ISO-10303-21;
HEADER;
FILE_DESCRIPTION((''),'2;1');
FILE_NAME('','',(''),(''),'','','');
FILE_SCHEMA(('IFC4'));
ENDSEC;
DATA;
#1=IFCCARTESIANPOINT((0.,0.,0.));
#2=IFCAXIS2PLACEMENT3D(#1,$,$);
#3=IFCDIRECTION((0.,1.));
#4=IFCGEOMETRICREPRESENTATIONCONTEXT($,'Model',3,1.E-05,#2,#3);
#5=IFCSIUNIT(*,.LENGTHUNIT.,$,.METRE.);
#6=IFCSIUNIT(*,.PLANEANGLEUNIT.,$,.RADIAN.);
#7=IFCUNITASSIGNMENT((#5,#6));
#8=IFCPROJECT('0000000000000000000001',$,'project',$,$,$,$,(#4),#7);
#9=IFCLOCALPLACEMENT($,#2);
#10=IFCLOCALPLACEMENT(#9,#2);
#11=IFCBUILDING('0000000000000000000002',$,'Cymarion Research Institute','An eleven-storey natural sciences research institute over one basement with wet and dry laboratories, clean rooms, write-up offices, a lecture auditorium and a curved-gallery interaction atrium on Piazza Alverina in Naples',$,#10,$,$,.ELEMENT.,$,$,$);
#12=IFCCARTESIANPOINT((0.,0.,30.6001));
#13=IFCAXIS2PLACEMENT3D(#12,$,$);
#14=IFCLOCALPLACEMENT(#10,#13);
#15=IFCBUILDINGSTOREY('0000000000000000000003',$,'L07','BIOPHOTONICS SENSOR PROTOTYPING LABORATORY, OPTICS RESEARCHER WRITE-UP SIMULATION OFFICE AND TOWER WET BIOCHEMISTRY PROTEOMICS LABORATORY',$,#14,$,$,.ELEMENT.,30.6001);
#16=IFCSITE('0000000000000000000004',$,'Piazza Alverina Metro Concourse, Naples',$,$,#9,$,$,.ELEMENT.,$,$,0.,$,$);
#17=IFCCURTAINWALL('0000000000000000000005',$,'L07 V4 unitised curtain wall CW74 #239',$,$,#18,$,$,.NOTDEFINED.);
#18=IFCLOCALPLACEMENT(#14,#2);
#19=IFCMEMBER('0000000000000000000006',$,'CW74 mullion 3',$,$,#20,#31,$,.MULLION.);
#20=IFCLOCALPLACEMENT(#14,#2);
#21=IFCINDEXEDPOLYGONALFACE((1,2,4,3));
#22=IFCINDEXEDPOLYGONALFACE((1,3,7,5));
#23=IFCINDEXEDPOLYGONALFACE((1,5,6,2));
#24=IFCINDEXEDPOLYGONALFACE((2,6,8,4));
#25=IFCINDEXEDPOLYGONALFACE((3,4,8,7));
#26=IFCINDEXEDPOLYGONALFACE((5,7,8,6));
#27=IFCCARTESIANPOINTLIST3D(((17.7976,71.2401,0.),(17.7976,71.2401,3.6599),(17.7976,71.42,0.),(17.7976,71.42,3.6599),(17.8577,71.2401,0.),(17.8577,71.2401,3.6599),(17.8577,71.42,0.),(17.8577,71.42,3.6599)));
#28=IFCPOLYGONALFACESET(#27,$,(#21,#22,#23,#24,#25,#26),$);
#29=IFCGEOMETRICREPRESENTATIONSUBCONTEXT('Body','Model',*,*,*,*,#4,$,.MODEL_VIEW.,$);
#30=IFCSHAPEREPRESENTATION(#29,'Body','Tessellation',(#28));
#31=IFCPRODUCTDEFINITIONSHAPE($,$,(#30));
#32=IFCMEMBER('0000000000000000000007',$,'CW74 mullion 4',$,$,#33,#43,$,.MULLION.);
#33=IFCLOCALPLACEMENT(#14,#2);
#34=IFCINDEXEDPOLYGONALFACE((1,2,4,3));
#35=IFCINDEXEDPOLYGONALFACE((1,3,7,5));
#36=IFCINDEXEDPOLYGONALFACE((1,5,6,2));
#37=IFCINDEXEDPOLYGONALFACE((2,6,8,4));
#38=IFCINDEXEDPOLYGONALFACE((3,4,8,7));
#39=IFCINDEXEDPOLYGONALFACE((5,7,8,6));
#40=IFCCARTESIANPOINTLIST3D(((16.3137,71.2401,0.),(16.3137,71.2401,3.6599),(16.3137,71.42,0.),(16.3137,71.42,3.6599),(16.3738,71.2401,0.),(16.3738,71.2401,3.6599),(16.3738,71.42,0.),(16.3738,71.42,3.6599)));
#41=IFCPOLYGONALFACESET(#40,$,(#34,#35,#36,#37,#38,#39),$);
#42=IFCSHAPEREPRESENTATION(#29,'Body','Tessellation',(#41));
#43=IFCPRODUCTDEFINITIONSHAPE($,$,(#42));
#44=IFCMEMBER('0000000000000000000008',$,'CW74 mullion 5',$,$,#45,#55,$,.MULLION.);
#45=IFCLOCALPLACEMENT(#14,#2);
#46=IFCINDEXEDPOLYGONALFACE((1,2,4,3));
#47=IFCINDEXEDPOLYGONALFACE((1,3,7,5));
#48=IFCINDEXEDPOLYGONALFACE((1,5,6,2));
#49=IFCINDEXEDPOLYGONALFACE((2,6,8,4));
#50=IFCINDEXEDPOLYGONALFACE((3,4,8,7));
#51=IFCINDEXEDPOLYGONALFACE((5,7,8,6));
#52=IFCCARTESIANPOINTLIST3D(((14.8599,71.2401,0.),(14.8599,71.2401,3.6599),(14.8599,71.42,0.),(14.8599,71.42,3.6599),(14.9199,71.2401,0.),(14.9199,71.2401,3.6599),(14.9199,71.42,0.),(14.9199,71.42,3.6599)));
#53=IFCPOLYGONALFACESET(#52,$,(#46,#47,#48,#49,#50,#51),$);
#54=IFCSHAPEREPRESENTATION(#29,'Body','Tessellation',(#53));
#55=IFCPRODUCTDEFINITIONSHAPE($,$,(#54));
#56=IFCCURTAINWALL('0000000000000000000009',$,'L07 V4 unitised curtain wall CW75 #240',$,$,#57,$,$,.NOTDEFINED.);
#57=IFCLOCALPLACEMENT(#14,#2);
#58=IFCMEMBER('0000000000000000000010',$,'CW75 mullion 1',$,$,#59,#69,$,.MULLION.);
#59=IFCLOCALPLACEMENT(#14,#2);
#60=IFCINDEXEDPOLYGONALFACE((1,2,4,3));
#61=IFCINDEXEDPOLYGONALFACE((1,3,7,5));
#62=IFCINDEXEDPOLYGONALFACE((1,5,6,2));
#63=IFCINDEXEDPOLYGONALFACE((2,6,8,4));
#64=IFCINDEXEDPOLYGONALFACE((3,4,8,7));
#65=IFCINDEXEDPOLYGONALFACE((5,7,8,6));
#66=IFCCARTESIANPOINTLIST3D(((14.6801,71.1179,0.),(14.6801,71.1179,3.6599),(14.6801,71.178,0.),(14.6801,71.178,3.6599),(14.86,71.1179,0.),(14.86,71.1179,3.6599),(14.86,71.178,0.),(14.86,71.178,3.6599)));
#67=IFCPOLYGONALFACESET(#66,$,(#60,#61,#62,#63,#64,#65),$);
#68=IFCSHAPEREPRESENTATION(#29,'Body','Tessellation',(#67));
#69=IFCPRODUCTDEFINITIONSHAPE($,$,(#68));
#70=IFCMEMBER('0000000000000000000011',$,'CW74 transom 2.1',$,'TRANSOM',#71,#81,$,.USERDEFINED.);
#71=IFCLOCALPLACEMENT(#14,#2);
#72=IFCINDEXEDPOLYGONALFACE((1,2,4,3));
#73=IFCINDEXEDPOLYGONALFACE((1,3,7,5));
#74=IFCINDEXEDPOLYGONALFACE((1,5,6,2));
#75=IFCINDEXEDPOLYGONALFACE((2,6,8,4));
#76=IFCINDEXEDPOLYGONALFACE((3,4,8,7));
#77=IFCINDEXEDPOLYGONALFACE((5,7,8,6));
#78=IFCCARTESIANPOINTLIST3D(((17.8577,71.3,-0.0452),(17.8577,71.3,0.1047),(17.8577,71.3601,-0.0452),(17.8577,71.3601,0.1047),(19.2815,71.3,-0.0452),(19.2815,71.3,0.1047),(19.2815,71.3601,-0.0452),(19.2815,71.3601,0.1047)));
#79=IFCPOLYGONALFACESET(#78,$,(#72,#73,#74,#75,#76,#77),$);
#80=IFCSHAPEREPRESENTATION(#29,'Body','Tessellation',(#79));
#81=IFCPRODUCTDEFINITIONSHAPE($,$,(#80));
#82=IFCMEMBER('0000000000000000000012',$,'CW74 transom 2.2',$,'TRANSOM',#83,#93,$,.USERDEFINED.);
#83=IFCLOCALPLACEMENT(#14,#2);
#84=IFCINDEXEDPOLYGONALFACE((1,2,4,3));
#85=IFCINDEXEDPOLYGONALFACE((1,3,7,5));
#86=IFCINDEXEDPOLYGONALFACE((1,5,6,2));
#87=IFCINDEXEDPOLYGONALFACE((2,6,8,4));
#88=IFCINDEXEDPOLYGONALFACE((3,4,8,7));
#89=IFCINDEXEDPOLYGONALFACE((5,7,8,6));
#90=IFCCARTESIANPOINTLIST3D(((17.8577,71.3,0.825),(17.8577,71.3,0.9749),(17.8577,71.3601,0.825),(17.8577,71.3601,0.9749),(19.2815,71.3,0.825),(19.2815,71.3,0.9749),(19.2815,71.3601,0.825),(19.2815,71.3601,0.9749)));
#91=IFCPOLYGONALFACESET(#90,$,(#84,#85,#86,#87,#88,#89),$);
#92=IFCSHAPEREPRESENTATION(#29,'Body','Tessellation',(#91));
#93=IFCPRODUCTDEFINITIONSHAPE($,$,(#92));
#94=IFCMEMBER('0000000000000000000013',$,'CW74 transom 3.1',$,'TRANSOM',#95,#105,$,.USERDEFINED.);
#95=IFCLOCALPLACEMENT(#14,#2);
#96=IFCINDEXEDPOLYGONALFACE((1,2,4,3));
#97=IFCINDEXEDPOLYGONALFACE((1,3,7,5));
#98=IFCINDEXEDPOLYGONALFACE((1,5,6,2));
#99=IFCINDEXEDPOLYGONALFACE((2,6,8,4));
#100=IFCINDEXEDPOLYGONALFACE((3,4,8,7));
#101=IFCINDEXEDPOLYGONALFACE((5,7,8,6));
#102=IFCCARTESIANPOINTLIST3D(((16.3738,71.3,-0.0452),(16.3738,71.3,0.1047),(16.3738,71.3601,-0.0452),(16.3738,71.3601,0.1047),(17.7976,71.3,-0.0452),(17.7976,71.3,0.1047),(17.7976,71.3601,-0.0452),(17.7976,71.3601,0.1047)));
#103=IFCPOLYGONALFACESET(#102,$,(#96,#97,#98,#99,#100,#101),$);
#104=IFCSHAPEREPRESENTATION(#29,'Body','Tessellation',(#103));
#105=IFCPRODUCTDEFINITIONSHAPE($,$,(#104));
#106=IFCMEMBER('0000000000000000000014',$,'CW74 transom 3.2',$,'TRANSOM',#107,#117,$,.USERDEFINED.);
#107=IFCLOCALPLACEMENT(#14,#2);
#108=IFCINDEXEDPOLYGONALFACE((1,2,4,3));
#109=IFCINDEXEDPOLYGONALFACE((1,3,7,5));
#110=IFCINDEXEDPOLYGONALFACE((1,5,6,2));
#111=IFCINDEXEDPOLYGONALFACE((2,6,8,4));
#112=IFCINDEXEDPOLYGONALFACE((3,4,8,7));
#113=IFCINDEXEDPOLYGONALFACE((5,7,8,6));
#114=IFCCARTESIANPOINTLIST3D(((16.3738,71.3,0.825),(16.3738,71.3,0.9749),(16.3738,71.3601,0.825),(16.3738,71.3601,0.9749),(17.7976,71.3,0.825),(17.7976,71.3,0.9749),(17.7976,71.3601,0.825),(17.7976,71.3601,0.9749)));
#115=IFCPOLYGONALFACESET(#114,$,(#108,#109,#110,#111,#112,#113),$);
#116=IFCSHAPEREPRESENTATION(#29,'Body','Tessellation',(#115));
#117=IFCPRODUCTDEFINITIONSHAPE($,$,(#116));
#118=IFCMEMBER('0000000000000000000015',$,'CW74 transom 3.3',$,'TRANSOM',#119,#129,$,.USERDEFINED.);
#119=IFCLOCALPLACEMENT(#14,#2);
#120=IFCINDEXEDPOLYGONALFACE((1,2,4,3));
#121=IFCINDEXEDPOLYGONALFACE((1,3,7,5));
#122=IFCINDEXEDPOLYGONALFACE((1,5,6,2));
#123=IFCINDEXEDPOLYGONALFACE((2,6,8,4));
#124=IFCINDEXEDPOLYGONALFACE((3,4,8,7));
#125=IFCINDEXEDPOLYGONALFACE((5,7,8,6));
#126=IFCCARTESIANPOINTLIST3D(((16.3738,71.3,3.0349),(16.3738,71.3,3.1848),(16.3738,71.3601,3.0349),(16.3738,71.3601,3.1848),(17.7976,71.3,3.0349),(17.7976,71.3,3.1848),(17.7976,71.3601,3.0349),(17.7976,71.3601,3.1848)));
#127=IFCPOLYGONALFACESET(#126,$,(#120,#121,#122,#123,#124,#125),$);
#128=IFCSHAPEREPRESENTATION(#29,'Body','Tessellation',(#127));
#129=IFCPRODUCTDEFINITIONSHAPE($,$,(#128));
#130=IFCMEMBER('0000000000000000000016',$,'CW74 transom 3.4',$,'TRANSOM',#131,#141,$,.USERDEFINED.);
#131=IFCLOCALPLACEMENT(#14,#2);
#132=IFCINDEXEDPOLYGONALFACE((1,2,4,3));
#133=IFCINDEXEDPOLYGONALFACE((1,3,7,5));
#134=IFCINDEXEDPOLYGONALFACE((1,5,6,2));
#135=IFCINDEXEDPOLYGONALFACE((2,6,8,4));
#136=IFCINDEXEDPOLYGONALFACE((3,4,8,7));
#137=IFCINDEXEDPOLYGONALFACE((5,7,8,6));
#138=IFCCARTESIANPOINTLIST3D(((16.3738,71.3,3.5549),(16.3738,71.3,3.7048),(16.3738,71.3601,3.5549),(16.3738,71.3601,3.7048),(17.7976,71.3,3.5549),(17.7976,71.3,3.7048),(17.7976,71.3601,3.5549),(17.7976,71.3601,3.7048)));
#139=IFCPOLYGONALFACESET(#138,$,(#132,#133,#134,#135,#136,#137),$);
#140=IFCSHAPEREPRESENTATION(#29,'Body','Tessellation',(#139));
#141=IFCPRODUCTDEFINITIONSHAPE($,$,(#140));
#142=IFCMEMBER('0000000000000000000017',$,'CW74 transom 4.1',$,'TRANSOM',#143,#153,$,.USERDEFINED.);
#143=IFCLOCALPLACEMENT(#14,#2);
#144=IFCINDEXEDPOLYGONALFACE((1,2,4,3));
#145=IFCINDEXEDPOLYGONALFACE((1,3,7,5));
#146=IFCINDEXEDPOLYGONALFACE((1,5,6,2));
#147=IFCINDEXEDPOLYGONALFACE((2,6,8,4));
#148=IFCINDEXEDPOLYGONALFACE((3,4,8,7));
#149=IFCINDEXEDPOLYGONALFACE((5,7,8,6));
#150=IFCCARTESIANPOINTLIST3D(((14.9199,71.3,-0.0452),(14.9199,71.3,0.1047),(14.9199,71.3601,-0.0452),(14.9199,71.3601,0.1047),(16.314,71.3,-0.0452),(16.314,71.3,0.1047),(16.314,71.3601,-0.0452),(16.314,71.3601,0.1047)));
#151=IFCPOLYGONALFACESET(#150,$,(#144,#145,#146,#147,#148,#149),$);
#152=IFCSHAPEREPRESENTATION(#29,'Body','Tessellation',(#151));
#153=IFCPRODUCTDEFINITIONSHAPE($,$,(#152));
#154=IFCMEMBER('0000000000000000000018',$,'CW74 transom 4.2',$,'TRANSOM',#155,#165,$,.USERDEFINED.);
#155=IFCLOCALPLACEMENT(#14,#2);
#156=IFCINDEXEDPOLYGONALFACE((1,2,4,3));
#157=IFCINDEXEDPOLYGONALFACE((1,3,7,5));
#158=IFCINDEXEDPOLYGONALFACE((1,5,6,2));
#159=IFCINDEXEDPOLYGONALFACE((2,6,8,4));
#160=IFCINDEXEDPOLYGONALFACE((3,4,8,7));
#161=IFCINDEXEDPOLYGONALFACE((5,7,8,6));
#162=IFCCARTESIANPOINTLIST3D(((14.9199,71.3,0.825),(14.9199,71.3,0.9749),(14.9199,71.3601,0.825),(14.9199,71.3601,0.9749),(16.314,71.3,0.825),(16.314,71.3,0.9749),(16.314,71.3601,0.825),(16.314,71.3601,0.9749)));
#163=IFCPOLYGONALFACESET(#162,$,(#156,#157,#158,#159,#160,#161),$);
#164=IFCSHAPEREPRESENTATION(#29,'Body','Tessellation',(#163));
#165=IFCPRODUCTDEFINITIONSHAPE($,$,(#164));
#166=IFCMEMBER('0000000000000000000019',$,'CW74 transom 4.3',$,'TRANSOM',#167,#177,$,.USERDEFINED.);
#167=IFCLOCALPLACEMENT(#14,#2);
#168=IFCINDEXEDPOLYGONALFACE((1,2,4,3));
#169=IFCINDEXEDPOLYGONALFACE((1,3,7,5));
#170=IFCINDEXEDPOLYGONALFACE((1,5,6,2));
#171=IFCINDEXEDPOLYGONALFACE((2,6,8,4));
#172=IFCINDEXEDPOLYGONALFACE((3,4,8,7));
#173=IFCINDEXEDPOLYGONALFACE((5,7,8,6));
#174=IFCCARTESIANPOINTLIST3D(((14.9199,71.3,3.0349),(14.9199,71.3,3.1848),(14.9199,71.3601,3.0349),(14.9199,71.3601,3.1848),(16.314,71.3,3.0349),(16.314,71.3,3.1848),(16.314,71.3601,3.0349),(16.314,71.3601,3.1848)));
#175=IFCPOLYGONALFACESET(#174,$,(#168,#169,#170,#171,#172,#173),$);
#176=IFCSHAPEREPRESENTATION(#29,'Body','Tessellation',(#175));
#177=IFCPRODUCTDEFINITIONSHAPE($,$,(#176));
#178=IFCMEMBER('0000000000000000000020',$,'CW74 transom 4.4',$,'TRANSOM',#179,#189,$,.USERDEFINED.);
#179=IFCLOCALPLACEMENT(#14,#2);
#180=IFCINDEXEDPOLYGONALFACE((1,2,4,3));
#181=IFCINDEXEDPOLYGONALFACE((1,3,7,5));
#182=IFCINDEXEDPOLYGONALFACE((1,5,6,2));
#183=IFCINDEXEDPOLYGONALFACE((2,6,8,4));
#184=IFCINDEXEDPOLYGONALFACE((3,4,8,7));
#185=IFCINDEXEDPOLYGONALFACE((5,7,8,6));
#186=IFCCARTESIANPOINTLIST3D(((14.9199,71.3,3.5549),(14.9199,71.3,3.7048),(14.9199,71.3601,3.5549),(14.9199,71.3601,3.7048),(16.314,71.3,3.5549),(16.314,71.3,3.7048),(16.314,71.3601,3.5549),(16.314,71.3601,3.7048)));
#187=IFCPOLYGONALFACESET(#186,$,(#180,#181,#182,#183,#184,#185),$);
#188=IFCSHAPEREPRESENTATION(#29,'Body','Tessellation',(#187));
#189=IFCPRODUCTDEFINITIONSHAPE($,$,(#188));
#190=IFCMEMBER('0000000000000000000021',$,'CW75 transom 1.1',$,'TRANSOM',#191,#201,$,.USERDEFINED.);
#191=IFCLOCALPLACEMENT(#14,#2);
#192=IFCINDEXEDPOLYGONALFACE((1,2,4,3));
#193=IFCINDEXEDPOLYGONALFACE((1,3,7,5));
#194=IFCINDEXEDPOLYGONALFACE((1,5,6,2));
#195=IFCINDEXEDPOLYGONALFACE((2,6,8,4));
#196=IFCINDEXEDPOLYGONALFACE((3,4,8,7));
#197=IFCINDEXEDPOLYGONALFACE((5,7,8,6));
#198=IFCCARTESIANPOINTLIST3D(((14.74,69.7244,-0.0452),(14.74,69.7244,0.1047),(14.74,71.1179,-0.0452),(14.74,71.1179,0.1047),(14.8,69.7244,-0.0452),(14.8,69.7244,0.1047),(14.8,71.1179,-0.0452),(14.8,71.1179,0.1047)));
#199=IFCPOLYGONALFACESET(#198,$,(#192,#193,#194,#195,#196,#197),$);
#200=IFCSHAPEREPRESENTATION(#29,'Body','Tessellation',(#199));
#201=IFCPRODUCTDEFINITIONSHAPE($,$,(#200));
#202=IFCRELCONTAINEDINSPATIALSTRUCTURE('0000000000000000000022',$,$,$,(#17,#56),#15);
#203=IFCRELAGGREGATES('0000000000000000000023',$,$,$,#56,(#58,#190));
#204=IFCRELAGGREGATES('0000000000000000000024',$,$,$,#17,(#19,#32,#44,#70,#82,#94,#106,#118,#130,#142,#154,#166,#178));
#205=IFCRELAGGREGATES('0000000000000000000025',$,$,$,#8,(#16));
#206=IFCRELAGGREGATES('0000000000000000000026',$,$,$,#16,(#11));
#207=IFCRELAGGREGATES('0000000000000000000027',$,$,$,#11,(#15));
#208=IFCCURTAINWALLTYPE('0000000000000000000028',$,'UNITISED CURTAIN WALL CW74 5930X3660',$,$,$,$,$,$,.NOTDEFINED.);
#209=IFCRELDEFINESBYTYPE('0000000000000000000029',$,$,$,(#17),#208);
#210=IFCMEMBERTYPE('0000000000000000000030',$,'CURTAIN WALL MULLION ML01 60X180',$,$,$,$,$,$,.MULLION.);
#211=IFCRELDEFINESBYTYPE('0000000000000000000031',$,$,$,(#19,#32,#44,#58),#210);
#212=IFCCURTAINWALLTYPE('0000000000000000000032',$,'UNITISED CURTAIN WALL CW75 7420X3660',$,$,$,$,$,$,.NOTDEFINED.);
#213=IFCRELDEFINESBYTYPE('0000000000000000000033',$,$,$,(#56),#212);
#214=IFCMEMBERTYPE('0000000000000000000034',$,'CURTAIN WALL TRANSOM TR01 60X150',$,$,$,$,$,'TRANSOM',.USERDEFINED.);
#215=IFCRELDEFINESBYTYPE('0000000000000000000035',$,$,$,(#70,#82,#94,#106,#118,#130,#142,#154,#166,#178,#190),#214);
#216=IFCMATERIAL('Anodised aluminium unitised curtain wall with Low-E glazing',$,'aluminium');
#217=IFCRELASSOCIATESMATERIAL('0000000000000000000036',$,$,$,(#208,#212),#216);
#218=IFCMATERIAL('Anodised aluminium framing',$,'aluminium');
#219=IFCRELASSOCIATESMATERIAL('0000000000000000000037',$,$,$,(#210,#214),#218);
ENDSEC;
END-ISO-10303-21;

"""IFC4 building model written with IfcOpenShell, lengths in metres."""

from ifc_helpers import new_model, si_unit, direction, frame, origin, origin_2d, place, context, subcontext, project, spatial, rectangle, extrude, material, material_profile, profile_set, type_object, element, aggregate, save


model = new_model("IFC4")

# Units and contexts
model_context = context("Model", 3, precision=1e-05, world=origin(), true_north=direction((0.0, 1.0)))
body_context = subcontext(model_context, "Body", "Model", "MODEL_VIEW")
ifc_project = project(units=[si_unit("LENGTHUNIT", "METRE"), si_unit("PLANEANGLEUNIT", "RADIAN")], contexts=[model_context])

# Site, building, storey
site_placement = place(None, origin())
site = spatial("IfcSite", under=ifc_project, at=site_placement, Name="Piazza Alverina Metro Concourse, Naples", CompositionType="ELEMENT", RefElevation=0.0)
building_placement = place(site_placement, origin())
building = spatial("IfcBuilding", under=site, at=building_placement, Name="Cymarion Research Institute", Description="An eleven-storey natural sciences research institute over one basement with wet and dry laboratories, clean rooms, write-up offices, a lecture auditorium and a curved-gallery interaction atrium on Piazza Alverina in Naples", CompositionType="ELEMENT")
storey_placement = place(building_placement, frame((0.0, 0.0, 30.6001)))
storey = spatial("IfcBuildingStorey", under=building, at=storey_placement, Name="L07", Description="BIOPHOTONICS SENSOR PROTOTYPING LABORATORY, OPTICS RESEARCHER WRITE-UP SIMULATION OFFICE AND TOWER WET BIOCHEMISTRY PROTEOMICS LABORATORY", CompositionType="ELEMENT", Elevation=30.6001)

# Curtain wall, members
ifc_material_1 = material(Name="Anodised aluminium unitised curtain wall with Low-E glazing", Category="aluminium")
curtain_wall_type_1 = type_object("IfcCurtainWallType", Name="UNITISED CURTAIN WALL CW74 5930X3660", PredefinedType="NOTDEFINED", material=ifc_material_1)
curtain_wall_1_placement = place(storey_placement, origin())
curtain_wall_1 = element("IfcCurtainWall", 1, at=curtain_wall_1_placement, inside=storey, type_object=curtain_wall_type_1, Name="L07 V4 unitised curtain wall CW74 #239", PredefinedType="NOTDEFINED")
ifc_material_2 = material(Name="Anodised aluminium framing", Category="aluminium")
ifc_material_profile_1 = material_profile(ifc_material_2, rectangle(XDim=0.0601, YDim=0.1799, at=origin_2d()), Name="ALU MULLION 60x180")
ifc_profile_set_1 = profile_set([ifc_material_profile_1], Name="Anodised aluminium framing")
member_type_1 = type_object("IfcMemberType", Name="CURTAIN WALL MULLION ML01 60X180", PredefinedType="MULLION", material=ifc_profile_set_1)
member_1_placement = place(storey_placement, frame((17.8276, 71.3301, 0.0), z_axis=(0.0, 0.0, 1.0), x_axis=(-1.0, 0.0, 0.0)))
member_1 = element("IfcMember", 2, at=member_1_placement, type_object=member_type_1, Name="CW74 mullion 3", PredefinedType="MULLION", context=body_context, shape_type="SweptSolid", body=[
    extrude(rectangle(XDim=0.0601, YDim=0.1799, at=origin_2d()), origin(), (0.0, 0.0, 1.0), 3.6599),
])
member_2_placement = place(storey_placement, frame((16.3438, 71.3301, 0.0), z_axis=(0.0, 0.0, 1.0), x_axis=(-1.0, 0.0, 0.0)))
member_2 = element("IfcMember", 3, at=member_2_placement, type_object=member_type_1, Name="CW74 mullion 4", PredefinedType="MULLION", context=body_context, shape_type="SweptSolid", body=[
    extrude(rectangle(XDim=0.0601, YDim=0.1799, at=origin_2d()), origin(), (0.0, 0.0, 1.0), 3.6599),
])
member_3_placement = place(storey_placement, frame((14.8899, 71.3301, 0.0), z_axis=(0.0, 0.0, 1.0), x_axis=(-1.0, 0.0, 0.0)))
member_3 = element("IfcMember", 4, at=member_3_placement, type_object=member_type_1, Name="CW74 mullion 5", PredefinedType="MULLION", context=body_context, shape_type="SweptSolid", body=[
    extrude(rectangle(XDim=0.0601, YDim=0.1799, at=origin_2d()), origin(), (0.0, 0.0, 1.0), 3.6599),
])

# Curtain wall, member
curtain_wall_type_2 = type_object("IfcCurtainWallType", Name="UNITISED CURTAIN WALL CW75 7420X3660", PredefinedType="NOTDEFINED", material=ifc_material_1)
curtain_wall_2_placement = place(storey_placement, origin())
curtain_wall_2 = element("IfcCurtainWall", 5, at=curtain_wall_2_placement, inside=storey, type_object=curtain_wall_type_2, Name="L07 V4 unitised curtain wall CW75 #240", PredefinedType="NOTDEFINED")
member_4_placement = place(storey_placement, frame((14.77, 71.1479, 0.0), z_axis=(0.0, 0.0, 1.0), x_axis=(0.0, -1.0, 0.0)))
member_4 = element("IfcMember", 6, at=member_4_placement, type_object=member_type_1, Name="CW75 mullion 1", PredefinedType="MULLION", context=body_context, shape_type="SweptSolid", body=[
    extrude(rectangle(XDim=0.0601, YDim=0.1799, at=origin_2d()), origin(), (0.0, 0.0, 1.0), 3.6599),
])

# Members
ifc_material_profile_2 = material_profile(ifc_material_2, rectangle(XDim=0.0601, YDim=0.1499, at=origin_2d()), Name="ALU TRANSOM 60x150")
ifc_profile_set_2 = profile_set([ifc_material_profile_2], Name="Anodised aluminium framing")
member_type_2 = type_object("IfcMemberType", Name="CURTAIN WALL TRANSOM TR01 60X150", ElementType="TRANSOM", PredefinedType="USERDEFINED", material=ifc_profile_set_2)
member_5_placement = place(storey_placement, frame((19.2815, 71.3301, 0.0298), z_axis=(-1.0, 0.0, 0.0), x_axis=(0.0, -1.0, 0.0)))
member_5 = element("IfcMember", 7, at=member_5_placement, type_object=member_type_2, Name="CW74 transom 2.1", ObjectType="TRANSOM", PredefinedType="USERDEFINED", context=body_context, shape_type="SweptSolid", body=[
    extrude(rectangle(XDim=0.0601, YDim=0.1499, at=origin_2d()), origin(), (0.0, 0.0, 1.0), 1.4238),
])
member_6_placement = place(storey_placement, frame((19.2815, 71.3301, 0.8999), z_axis=(-1.0, 0.0, 0.0), x_axis=(0.0, -1.0, 0.0)))
member_6 = element("IfcMember", 8, at=member_6_placement, type_object=member_type_2, Name="CW74 transom 2.2", ObjectType="TRANSOM", PredefinedType="USERDEFINED", context=body_context, shape_type="SweptSolid", body=[
    extrude(rectangle(XDim=0.0601, YDim=0.1499, at=origin_2d()), origin(), (0.0, 0.0, 1.0), 1.4238),
])
member_7_placement = place(storey_placement, frame((17.7976, 71.3301, 0.0298), z_axis=(-1.0, 0.0, 0.0), x_axis=(0.0, -1.0, 0.0)))
member_7 = element("IfcMember", 9, at=member_7_placement, type_object=member_type_2, Name="CW74 transom 3.1", ObjectType="TRANSOM", PredefinedType="USERDEFINED", context=body_context, shape_type="SweptSolid", body=[
    extrude(rectangle(XDim=0.0601, YDim=0.1499, at=origin_2d()), origin(), (0.0, 0.0, 1.0), 1.4238),
])
member_8_placement = place(storey_placement, frame((17.7976, 71.3301, 0.8999), z_axis=(-1.0, 0.0, 0.0), x_axis=(0.0, -1.0, 0.0)))
member_8 = element("IfcMember", 10, at=member_8_placement, type_object=member_type_2, Name="CW74 transom 3.2", ObjectType="TRANSOM", PredefinedType="USERDEFINED", context=body_context, shape_type="SweptSolid", body=[
    extrude(rectangle(XDim=0.0601, YDim=0.1499, at=origin_2d()), origin(), (0.0, 0.0, 1.0), 1.4238),
])
member_9_placement = place(storey_placement, frame((17.7976, 71.3301, 3.1099), z_axis=(-1.0, 0.0, 0.0), x_axis=(0.0, -1.0, 0.0)))
member_9 = element("IfcMember", 11, at=member_9_placement, type_object=member_type_2, Name="CW74 transom 3.3", ObjectType="TRANSOM", PredefinedType="USERDEFINED", context=body_context, shape_type="SweptSolid", body=[
    extrude(rectangle(XDim=0.0601, YDim=0.1499, at=origin_2d()), origin(), (0.0, 0.0, 1.0), 1.4238),
])
member_10_placement = place(storey_placement, frame((17.7976, 71.3301, 3.6299), z_axis=(-1.0, 0.0, 0.0), x_axis=(0.0, -1.0, 0.0)))
member_10 = element("IfcMember", 12, at=member_10_placement, type_object=member_type_2, Name="CW74 transom 3.4", ObjectType="TRANSOM", PredefinedType="USERDEFINED", context=body_context, shape_type="SweptSolid", body=[
    extrude(rectangle(XDim=0.0601, YDim=0.1499, at=origin_2d()), origin(), (0.0, 0.0, 1.0), 1.4238),
])
member_11_placement = place(storey_placement, frame((16.314, 71.3301, 0.0298), z_axis=(-1.0, 0.0, 0.0), x_axis=(0.0, -1.0, 0.0)))
member_11 = element("IfcMember", 13, at=member_11_placement, type_object=member_type_2, Name="CW74 transom 4.1", ObjectType="TRANSOM", PredefinedType="USERDEFINED", context=body_context, shape_type="SweptSolid", body=[
    extrude(rectangle(XDim=0.0601, YDim=0.1499, at=origin_2d()), origin(), (0.0, 0.0, 1.0), 1.394),
])
member_12_placement = place(storey_placement, frame((16.314, 71.3301, 0.8999), z_axis=(-1.0, 0.0, 0.0), x_axis=(0.0, -1.0, 0.0)))
member_12 = element("IfcMember", 14, at=member_12_placement, type_object=member_type_2, Name="CW74 transom 4.2", ObjectType="TRANSOM", PredefinedType="USERDEFINED", context=body_context, shape_type="SweptSolid", body=[
    extrude(rectangle(XDim=0.0601, YDim=0.1499, at=origin_2d()), origin(), (0.0, 0.0, 1.0), 1.394),
])
member_13_placement = place(storey_placement, frame((16.314, 71.3301, 3.1099), z_axis=(-1.0, 0.0, 0.0), x_axis=(0.0, -1.0, 0.0)))
member_13 = element("IfcMember", 15, at=member_13_placement, type_object=member_type_2, Name="CW74 transom 4.3", ObjectType="TRANSOM", PredefinedType="USERDEFINED", context=body_context, shape_type="SweptSolid", body=[
    extrude(rectangle(XDim=0.0601, YDim=0.1499, at=origin_2d()), origin(), (0.0, 0.0, 1.0), 1.394),
])
member_14_placement = place(storey_placement, frame((16.314, 71.3301, 3.6299), z_axis=(-1.0, 0.0, 0.0), x_axis=(0.0, -1.0, 0.0)))
member_14 = element("IfcMember", 16, at=member_14_placement, type_object=member_type_2, Name="CW74 transom 4.4", ObjectType="TRANSOM", PredefinedType="USERDEFINED", context=body_context, shape_type="SweptSolid", body=[
    extrude(rectangle(XDim=0.0601, YDim=0.1499, at=origin_2d()), origin(), (0.0, 0.0, 1.0), 1.394),
])
member_15_placement = place(storey_placement, frame((14.77, 71.1179, 0.0298), z_axis=(0.0, -1.0, 0.0), x_axis=(1.0, 0.0, 0.0)))
member_15 = element("IfcMember", 17, at=member_15_placement, type_object=member_type_2, Name="CW75 transom 1.1", ObjectType="TRANSOM", PredefinedType="USERDEFINED", context=body_context, shape_type="SweptSolid", body=[
    extrude(rectangle(XDim=0.0601, YDim=0.1499, at=origin_2d()), origin(), (0.0, 0.0, 1.0), 1.3936),
])

aggregate(curtain_wall_2, [member_4, member_15])
aggregate(curtain_wall_1, [member_1, member_2, member_3, member_5, member_6, member_7, member_8, member_9, member_10, member_11, member_12, member_13, member_14])

save(model, "model.ifc")
